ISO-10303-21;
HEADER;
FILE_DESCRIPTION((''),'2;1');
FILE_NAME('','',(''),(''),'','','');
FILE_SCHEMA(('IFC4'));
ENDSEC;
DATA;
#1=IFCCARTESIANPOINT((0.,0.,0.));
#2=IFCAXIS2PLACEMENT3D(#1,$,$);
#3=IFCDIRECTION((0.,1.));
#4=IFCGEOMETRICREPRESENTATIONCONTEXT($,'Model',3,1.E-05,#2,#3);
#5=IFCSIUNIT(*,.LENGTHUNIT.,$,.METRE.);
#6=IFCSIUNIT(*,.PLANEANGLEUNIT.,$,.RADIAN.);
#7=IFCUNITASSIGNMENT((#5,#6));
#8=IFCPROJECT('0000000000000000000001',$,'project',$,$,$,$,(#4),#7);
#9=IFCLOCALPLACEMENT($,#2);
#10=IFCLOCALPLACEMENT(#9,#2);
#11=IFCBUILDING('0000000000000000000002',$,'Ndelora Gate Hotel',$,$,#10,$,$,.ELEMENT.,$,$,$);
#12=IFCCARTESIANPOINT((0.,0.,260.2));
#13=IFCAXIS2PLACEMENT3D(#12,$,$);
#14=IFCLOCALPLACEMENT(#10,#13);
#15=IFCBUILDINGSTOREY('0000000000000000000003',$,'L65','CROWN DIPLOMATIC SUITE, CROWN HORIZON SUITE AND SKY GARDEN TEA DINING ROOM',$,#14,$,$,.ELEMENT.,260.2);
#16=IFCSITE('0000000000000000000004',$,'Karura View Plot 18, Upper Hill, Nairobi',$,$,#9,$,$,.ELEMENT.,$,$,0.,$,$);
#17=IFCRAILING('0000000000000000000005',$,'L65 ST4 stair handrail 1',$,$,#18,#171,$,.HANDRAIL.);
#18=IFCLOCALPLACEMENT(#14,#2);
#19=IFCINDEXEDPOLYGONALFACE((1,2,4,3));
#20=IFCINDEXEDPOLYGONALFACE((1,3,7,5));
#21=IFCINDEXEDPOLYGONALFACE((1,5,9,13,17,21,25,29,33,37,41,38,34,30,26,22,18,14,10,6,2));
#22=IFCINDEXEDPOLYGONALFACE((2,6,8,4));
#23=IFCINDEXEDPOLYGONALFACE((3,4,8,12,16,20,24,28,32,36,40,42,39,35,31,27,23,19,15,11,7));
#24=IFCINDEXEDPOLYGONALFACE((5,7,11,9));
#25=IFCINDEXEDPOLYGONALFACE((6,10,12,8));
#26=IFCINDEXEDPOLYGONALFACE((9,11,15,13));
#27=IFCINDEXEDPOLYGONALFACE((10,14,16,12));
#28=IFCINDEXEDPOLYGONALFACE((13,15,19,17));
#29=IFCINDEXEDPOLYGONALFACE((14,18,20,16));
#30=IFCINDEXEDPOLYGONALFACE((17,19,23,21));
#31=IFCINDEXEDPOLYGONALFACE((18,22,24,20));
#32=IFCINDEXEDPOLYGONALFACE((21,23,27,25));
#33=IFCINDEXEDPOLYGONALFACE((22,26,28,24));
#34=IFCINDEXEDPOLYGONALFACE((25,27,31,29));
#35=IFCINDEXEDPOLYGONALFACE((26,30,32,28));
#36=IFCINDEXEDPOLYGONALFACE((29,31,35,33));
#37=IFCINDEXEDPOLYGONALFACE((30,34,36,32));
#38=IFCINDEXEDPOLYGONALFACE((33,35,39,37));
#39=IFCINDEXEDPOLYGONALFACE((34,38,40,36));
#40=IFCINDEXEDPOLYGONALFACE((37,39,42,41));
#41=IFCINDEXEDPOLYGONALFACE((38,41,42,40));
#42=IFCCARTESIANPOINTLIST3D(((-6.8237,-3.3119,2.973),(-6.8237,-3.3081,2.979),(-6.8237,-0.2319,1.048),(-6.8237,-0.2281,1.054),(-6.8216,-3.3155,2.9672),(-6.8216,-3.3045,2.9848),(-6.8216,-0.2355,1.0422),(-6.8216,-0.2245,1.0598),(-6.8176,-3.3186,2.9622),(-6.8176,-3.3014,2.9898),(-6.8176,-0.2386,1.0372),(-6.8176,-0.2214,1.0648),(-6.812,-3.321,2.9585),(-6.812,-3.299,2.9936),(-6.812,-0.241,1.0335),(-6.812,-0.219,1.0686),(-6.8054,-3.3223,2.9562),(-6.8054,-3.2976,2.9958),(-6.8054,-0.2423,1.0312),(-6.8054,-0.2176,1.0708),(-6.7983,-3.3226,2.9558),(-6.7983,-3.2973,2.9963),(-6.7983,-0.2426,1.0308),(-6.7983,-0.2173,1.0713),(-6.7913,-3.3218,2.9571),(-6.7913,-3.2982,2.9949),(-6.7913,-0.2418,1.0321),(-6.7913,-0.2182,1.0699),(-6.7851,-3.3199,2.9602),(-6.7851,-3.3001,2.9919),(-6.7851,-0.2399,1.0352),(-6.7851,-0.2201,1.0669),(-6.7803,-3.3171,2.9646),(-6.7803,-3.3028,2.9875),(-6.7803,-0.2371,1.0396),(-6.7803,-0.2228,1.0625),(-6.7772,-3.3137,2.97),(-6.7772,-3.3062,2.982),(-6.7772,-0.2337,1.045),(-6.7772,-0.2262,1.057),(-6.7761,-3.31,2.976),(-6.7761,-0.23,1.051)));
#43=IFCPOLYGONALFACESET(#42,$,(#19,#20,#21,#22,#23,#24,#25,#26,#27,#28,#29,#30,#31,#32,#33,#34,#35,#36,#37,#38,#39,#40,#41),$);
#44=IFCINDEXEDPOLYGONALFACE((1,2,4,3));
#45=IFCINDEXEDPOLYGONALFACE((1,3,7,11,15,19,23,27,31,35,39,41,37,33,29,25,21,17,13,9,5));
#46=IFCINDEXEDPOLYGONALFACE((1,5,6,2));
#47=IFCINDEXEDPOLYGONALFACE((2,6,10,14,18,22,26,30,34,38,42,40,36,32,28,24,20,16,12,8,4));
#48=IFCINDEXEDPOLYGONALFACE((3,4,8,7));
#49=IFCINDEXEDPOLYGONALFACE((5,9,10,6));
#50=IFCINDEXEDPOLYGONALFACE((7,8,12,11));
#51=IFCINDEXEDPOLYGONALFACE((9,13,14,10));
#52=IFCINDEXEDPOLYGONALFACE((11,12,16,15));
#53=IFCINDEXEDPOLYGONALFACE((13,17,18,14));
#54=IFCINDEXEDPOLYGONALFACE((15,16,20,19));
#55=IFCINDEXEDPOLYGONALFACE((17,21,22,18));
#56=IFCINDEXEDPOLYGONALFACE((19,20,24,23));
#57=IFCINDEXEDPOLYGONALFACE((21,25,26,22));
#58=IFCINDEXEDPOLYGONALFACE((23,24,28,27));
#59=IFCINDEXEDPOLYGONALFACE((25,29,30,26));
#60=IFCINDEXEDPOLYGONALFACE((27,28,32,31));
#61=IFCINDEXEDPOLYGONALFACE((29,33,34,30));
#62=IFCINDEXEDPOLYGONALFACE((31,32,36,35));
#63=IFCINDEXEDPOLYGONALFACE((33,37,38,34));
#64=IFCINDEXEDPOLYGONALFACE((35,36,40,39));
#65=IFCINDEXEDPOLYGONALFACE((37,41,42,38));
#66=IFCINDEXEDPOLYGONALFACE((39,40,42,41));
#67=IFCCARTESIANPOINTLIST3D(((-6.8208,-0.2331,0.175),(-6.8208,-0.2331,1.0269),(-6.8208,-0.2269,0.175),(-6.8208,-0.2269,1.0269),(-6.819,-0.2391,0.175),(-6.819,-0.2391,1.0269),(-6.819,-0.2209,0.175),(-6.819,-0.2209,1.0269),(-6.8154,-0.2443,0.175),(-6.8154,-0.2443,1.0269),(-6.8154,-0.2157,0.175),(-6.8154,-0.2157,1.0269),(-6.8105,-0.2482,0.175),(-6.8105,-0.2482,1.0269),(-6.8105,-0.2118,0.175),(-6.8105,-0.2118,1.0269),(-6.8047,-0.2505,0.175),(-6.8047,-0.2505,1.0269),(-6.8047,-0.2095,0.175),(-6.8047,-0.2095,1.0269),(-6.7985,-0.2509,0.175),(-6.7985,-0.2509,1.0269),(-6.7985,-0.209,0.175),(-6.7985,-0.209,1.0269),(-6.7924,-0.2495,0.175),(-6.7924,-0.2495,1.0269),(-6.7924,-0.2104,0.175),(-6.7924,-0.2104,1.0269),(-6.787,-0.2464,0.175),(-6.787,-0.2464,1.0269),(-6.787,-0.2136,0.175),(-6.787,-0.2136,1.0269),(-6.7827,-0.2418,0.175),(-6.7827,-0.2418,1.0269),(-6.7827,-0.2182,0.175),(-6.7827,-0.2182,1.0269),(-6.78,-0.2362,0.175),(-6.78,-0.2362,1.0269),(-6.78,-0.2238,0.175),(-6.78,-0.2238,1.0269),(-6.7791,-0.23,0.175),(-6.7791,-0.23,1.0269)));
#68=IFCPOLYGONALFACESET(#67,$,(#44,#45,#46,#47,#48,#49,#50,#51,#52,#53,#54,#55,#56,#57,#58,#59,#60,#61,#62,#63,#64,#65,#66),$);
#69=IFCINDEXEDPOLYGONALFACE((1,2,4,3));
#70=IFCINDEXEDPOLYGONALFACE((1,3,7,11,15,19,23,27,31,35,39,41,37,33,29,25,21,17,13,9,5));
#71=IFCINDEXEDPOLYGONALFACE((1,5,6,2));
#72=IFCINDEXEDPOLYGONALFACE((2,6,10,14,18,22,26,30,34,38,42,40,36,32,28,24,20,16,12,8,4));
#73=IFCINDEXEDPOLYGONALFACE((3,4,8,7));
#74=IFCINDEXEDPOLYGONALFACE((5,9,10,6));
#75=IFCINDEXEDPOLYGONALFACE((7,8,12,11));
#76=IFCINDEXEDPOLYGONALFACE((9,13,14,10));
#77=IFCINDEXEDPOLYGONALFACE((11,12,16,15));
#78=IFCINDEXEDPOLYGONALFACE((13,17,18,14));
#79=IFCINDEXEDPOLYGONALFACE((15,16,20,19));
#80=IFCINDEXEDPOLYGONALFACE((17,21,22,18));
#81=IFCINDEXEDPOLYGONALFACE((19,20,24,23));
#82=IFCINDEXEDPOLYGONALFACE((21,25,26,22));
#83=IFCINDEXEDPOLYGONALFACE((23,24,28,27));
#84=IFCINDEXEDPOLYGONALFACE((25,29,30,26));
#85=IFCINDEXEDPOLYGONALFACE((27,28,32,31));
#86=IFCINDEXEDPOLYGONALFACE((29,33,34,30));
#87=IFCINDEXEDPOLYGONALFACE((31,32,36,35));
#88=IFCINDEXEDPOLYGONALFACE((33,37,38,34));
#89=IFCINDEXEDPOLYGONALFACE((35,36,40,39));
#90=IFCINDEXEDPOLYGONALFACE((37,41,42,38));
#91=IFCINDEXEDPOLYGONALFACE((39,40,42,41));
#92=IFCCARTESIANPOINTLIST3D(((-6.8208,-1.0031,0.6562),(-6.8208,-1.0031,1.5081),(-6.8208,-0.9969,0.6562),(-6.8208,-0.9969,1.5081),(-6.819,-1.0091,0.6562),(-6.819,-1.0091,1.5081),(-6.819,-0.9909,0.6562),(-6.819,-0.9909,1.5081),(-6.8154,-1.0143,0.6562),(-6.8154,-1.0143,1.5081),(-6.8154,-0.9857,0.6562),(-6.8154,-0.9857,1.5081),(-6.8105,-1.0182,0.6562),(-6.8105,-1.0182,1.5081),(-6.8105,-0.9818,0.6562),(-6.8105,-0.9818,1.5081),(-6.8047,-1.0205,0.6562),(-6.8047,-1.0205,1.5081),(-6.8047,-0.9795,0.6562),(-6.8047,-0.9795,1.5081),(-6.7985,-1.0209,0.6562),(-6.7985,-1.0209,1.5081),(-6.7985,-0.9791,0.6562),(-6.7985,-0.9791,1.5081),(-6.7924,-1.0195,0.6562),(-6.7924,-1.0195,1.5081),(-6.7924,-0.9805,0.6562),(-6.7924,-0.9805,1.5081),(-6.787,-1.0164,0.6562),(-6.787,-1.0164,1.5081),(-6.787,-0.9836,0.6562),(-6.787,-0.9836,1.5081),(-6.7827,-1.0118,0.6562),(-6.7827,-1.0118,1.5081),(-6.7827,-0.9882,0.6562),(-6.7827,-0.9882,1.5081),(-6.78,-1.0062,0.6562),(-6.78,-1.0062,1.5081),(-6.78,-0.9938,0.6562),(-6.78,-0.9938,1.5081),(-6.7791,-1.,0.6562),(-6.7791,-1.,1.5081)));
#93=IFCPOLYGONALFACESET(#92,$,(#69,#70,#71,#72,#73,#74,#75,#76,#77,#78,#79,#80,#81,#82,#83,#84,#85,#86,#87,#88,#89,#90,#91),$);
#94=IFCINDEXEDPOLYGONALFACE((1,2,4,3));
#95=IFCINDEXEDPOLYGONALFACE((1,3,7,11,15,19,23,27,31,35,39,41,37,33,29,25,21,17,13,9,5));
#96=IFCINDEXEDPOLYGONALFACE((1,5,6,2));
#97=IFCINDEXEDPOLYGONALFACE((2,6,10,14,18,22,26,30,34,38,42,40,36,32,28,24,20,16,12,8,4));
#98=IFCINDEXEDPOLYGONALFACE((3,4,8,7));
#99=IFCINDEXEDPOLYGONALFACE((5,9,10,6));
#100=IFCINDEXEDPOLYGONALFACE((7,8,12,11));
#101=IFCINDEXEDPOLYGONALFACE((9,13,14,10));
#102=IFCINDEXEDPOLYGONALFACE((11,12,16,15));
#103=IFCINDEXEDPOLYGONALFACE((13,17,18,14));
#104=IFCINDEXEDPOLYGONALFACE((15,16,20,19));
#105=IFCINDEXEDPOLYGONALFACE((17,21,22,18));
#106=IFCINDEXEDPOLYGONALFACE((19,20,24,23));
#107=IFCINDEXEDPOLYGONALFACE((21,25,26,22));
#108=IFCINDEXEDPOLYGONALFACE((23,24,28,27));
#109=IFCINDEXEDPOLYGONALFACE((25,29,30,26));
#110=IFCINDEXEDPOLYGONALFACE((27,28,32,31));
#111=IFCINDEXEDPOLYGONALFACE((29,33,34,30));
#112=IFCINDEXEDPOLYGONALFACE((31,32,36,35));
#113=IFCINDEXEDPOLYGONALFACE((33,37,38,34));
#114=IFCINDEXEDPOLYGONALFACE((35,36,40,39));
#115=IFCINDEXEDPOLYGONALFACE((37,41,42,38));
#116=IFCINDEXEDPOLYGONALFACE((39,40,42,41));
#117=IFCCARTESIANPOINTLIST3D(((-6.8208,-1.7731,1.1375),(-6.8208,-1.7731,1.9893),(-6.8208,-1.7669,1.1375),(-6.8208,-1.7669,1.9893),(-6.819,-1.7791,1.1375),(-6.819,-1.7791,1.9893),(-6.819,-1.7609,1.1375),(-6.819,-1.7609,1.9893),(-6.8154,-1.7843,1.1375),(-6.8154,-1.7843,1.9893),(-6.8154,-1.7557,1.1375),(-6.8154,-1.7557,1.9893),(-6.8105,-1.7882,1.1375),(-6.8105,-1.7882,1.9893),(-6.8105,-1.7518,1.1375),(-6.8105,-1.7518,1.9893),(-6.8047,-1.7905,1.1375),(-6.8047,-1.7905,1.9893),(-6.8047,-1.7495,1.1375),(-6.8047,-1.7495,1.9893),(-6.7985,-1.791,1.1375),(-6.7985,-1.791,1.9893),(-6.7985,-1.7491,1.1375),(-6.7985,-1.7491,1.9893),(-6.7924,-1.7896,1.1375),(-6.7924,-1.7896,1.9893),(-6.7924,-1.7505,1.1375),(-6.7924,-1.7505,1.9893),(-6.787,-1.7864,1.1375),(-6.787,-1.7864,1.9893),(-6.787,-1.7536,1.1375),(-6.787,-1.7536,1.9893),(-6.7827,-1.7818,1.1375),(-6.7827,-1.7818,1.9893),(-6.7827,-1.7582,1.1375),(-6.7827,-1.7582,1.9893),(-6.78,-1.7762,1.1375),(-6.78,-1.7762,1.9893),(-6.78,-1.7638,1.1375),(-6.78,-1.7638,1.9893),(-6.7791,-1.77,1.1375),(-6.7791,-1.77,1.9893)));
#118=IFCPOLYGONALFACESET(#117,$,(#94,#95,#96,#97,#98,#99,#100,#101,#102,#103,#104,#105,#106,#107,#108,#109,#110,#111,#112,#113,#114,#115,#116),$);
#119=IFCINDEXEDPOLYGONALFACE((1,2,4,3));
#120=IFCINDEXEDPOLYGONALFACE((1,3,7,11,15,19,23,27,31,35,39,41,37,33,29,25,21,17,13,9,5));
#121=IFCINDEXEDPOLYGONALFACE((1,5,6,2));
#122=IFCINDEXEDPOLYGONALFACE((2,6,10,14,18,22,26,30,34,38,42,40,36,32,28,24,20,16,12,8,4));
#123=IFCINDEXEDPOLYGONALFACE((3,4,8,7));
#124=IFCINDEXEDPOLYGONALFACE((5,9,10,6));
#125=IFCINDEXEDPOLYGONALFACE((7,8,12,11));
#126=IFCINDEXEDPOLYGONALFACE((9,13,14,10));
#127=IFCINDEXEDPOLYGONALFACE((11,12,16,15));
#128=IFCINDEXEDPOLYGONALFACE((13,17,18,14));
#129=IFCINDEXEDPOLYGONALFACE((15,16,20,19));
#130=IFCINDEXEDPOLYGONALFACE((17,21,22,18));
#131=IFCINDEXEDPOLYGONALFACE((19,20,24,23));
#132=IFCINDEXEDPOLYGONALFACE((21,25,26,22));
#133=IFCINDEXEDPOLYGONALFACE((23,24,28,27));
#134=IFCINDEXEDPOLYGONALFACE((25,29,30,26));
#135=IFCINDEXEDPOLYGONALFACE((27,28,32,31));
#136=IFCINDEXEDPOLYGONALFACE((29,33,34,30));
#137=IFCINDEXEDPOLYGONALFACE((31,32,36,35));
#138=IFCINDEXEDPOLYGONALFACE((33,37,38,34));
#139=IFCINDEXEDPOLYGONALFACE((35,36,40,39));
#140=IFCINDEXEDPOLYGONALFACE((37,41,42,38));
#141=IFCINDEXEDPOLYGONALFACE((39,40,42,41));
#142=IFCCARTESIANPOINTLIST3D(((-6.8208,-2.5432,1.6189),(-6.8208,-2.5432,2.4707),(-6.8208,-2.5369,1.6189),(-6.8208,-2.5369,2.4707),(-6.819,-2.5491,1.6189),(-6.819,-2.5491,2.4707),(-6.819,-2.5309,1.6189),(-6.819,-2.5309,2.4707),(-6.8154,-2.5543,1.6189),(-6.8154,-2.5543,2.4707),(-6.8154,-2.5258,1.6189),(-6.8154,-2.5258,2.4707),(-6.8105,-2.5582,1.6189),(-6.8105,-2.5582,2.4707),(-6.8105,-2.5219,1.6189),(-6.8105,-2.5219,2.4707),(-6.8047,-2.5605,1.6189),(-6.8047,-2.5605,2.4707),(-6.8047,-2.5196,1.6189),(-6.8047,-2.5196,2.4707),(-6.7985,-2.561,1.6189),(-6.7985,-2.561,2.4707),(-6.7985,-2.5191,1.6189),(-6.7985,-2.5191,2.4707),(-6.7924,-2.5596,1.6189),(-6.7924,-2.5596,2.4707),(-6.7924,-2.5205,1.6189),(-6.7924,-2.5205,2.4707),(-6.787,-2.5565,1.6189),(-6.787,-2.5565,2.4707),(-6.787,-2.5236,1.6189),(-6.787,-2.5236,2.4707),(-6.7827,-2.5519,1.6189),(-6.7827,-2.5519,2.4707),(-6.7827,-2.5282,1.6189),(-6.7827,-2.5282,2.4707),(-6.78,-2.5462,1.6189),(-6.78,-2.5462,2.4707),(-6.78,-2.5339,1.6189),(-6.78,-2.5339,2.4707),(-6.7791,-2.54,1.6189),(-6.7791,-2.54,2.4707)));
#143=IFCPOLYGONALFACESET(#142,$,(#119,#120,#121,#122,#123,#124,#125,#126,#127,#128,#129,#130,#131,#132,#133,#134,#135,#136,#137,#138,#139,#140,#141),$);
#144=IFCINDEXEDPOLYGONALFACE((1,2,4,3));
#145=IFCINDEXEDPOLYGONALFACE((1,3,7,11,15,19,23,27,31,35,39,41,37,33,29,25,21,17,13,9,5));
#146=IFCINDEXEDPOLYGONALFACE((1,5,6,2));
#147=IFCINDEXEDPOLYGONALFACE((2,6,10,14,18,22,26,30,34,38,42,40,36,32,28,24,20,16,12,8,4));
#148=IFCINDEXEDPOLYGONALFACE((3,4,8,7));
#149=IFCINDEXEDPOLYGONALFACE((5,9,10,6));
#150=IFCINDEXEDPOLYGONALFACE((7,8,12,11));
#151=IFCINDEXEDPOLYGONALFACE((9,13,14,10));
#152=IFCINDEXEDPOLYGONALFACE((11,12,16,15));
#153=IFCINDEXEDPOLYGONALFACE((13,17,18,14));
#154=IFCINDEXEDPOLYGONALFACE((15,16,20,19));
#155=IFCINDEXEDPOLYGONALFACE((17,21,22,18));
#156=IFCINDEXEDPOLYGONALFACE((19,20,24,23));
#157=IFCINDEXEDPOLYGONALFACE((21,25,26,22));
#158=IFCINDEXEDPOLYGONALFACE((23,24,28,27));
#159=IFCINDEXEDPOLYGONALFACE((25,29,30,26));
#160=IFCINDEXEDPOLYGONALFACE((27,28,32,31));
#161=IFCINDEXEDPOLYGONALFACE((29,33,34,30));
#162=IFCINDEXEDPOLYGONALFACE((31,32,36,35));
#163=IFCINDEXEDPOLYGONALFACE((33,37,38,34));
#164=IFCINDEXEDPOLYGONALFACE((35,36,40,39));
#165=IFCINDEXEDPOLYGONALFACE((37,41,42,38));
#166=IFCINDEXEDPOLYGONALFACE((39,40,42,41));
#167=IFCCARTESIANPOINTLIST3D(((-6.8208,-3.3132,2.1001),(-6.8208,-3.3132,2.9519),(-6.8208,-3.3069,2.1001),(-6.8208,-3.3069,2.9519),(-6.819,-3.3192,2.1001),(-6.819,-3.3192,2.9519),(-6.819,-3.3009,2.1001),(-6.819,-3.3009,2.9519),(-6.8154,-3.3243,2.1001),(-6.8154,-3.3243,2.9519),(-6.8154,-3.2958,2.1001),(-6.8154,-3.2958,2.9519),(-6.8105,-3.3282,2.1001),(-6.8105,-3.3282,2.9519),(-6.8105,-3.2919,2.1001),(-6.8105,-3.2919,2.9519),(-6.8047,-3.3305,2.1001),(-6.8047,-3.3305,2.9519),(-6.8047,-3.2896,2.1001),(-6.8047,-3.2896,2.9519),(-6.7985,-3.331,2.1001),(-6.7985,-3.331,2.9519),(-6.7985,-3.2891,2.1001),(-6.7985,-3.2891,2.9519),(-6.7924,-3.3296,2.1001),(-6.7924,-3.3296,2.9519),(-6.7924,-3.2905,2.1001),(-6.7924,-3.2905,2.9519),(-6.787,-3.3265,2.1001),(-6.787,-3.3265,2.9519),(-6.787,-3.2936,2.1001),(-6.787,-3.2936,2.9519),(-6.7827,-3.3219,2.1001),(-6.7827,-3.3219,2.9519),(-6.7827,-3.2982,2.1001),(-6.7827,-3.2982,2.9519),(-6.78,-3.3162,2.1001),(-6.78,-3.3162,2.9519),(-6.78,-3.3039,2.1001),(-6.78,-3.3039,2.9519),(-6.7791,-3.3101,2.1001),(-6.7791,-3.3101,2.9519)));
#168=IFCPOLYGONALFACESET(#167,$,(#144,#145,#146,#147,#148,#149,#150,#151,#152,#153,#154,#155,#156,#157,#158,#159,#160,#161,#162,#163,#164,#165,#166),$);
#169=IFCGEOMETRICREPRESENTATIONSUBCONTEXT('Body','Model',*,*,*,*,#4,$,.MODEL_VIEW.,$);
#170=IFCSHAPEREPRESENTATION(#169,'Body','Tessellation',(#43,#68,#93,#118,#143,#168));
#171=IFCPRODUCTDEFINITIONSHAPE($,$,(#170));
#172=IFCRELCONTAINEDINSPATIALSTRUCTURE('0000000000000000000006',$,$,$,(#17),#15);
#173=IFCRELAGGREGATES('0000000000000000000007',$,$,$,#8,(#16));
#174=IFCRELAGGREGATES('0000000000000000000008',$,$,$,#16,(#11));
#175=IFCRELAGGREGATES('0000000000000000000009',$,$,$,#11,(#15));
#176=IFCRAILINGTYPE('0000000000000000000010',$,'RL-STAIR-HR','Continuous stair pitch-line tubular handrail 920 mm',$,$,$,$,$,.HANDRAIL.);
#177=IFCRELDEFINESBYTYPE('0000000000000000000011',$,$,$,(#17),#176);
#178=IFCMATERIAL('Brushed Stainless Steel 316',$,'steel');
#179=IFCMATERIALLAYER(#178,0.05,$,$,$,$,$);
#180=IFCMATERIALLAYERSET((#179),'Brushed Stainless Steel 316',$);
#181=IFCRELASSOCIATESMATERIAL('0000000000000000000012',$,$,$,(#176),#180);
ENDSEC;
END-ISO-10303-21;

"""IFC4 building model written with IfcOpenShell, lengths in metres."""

from ifc_helpers import new_model, si_unit, direction, frame, origin, origin_2d, place, context, subcontext, project, spatial, circle, extrude, material, layer, layer_set, type_object, element, save


model = new_model("IFC4")

# Units and contexts
model_context = context("Model", 3, precision=1e-05, world=origin(), true_north=direction((0.0, 1.0)))
body_context = subcontext(model_context, "Body", "Model", "MODEL_VIEW")
ifc_project = project(units=[si_unit("LENGTHUNIT", "METRE"), si_unit("PLANEANGLEUNIT", "RADIAN")], contexts=[model_context])

# Site, building, storey
site_placement = place(None, origin())
site = spatial("IfcSite", under=ifc_project, at=site_placement, Name="Karura View Plot 18, Upper Hill, Nairobi", CompositionType="ELEMENT", RefElevation=0.0)
building_placement = place(site_placement, origin())
building = spatial("IfcBuilding", under=site, at=building_placement, Name="Ndelora Gate Hotel", CompositionType="ELEMENT")
storey_placement = place(building_placement, frame((0.0, 0.0, 260.2)))
storey = spatial("IfcBuildingStorey", under=building, at=storey_placement, Name="L65", Description="CROWN DIPLOMATIC SUITE, CROWN HORIZON SUITE AND SKY GARDEN TEA DINING ROOM", CompositionType="ELEMENT", Elevation=260.2)

# Railing
ifc_material_1 = material(Name="Brushed Stainless Steel 316", Category="steel")
ifc_layer_1 = layer(ifc_material_1, 0.05)
ifc_layer_set_1 = layer_set([ifc_layer_1], Name="Brushed Stainless Steel 316")
railing_type_1 = type_object("IfcRailingType", Name="RL-STAIR-HR", Description="Continuous stair pitch-line tubular handrail 920 mm", PredefinedType="HANDRAIL", material=ifc_layer_set_1)
railing_1_placement = place(storey_placement, frame((-6.8, -0.23, 0.175)))
element("IfcRailing", 1, at=railing_1_placement, inside=storey, type_object=railing_type_1, Name="L65 ST4 stair handrail 1", PredefinedType="HANDRAIL", context=body_context, shape_type="SweptSolid", body=[
    extrude(circle(Radius=0.0239, at=origin_2d()), frame((0.0, 0.0, 0.876), z_axis=(0.0, -0.847998, 0.529999), x_axis=(1.0, 0.0, 0.0)), (0.0, 0.0, 1.0), 3.6321),
    extrude(circle(Radius=0.021, at=origin_2d()), origin(), (0.0, 0.0, 1.0), 0.8518),
    extrude(circle(Radius=0.021, at=origin_2d()), frame((0.0, -0.77, 0.4812)), (0.0, 0.0, 1.0), 0.8518),
    extrude(circle(Radius=0.021, at=origin_2d()), frame((0.0, -1.54, 0.9624)), (0.0, 0.0, 1.0), 0.8518),
    extrude(circle(Radius=0.021, at=origin_2d()), frame((0.0, -2.3101, 1.4438)), (0.0, 0.0, 1.0), 0.8518),
    extrude(circle(Radius=0.021, at=origin_2d()), frame((0.0, -3.0801, 1.925)), (0.0, 0.0, 1.0), 0.8518),
])

save(model, "model.ifc")
